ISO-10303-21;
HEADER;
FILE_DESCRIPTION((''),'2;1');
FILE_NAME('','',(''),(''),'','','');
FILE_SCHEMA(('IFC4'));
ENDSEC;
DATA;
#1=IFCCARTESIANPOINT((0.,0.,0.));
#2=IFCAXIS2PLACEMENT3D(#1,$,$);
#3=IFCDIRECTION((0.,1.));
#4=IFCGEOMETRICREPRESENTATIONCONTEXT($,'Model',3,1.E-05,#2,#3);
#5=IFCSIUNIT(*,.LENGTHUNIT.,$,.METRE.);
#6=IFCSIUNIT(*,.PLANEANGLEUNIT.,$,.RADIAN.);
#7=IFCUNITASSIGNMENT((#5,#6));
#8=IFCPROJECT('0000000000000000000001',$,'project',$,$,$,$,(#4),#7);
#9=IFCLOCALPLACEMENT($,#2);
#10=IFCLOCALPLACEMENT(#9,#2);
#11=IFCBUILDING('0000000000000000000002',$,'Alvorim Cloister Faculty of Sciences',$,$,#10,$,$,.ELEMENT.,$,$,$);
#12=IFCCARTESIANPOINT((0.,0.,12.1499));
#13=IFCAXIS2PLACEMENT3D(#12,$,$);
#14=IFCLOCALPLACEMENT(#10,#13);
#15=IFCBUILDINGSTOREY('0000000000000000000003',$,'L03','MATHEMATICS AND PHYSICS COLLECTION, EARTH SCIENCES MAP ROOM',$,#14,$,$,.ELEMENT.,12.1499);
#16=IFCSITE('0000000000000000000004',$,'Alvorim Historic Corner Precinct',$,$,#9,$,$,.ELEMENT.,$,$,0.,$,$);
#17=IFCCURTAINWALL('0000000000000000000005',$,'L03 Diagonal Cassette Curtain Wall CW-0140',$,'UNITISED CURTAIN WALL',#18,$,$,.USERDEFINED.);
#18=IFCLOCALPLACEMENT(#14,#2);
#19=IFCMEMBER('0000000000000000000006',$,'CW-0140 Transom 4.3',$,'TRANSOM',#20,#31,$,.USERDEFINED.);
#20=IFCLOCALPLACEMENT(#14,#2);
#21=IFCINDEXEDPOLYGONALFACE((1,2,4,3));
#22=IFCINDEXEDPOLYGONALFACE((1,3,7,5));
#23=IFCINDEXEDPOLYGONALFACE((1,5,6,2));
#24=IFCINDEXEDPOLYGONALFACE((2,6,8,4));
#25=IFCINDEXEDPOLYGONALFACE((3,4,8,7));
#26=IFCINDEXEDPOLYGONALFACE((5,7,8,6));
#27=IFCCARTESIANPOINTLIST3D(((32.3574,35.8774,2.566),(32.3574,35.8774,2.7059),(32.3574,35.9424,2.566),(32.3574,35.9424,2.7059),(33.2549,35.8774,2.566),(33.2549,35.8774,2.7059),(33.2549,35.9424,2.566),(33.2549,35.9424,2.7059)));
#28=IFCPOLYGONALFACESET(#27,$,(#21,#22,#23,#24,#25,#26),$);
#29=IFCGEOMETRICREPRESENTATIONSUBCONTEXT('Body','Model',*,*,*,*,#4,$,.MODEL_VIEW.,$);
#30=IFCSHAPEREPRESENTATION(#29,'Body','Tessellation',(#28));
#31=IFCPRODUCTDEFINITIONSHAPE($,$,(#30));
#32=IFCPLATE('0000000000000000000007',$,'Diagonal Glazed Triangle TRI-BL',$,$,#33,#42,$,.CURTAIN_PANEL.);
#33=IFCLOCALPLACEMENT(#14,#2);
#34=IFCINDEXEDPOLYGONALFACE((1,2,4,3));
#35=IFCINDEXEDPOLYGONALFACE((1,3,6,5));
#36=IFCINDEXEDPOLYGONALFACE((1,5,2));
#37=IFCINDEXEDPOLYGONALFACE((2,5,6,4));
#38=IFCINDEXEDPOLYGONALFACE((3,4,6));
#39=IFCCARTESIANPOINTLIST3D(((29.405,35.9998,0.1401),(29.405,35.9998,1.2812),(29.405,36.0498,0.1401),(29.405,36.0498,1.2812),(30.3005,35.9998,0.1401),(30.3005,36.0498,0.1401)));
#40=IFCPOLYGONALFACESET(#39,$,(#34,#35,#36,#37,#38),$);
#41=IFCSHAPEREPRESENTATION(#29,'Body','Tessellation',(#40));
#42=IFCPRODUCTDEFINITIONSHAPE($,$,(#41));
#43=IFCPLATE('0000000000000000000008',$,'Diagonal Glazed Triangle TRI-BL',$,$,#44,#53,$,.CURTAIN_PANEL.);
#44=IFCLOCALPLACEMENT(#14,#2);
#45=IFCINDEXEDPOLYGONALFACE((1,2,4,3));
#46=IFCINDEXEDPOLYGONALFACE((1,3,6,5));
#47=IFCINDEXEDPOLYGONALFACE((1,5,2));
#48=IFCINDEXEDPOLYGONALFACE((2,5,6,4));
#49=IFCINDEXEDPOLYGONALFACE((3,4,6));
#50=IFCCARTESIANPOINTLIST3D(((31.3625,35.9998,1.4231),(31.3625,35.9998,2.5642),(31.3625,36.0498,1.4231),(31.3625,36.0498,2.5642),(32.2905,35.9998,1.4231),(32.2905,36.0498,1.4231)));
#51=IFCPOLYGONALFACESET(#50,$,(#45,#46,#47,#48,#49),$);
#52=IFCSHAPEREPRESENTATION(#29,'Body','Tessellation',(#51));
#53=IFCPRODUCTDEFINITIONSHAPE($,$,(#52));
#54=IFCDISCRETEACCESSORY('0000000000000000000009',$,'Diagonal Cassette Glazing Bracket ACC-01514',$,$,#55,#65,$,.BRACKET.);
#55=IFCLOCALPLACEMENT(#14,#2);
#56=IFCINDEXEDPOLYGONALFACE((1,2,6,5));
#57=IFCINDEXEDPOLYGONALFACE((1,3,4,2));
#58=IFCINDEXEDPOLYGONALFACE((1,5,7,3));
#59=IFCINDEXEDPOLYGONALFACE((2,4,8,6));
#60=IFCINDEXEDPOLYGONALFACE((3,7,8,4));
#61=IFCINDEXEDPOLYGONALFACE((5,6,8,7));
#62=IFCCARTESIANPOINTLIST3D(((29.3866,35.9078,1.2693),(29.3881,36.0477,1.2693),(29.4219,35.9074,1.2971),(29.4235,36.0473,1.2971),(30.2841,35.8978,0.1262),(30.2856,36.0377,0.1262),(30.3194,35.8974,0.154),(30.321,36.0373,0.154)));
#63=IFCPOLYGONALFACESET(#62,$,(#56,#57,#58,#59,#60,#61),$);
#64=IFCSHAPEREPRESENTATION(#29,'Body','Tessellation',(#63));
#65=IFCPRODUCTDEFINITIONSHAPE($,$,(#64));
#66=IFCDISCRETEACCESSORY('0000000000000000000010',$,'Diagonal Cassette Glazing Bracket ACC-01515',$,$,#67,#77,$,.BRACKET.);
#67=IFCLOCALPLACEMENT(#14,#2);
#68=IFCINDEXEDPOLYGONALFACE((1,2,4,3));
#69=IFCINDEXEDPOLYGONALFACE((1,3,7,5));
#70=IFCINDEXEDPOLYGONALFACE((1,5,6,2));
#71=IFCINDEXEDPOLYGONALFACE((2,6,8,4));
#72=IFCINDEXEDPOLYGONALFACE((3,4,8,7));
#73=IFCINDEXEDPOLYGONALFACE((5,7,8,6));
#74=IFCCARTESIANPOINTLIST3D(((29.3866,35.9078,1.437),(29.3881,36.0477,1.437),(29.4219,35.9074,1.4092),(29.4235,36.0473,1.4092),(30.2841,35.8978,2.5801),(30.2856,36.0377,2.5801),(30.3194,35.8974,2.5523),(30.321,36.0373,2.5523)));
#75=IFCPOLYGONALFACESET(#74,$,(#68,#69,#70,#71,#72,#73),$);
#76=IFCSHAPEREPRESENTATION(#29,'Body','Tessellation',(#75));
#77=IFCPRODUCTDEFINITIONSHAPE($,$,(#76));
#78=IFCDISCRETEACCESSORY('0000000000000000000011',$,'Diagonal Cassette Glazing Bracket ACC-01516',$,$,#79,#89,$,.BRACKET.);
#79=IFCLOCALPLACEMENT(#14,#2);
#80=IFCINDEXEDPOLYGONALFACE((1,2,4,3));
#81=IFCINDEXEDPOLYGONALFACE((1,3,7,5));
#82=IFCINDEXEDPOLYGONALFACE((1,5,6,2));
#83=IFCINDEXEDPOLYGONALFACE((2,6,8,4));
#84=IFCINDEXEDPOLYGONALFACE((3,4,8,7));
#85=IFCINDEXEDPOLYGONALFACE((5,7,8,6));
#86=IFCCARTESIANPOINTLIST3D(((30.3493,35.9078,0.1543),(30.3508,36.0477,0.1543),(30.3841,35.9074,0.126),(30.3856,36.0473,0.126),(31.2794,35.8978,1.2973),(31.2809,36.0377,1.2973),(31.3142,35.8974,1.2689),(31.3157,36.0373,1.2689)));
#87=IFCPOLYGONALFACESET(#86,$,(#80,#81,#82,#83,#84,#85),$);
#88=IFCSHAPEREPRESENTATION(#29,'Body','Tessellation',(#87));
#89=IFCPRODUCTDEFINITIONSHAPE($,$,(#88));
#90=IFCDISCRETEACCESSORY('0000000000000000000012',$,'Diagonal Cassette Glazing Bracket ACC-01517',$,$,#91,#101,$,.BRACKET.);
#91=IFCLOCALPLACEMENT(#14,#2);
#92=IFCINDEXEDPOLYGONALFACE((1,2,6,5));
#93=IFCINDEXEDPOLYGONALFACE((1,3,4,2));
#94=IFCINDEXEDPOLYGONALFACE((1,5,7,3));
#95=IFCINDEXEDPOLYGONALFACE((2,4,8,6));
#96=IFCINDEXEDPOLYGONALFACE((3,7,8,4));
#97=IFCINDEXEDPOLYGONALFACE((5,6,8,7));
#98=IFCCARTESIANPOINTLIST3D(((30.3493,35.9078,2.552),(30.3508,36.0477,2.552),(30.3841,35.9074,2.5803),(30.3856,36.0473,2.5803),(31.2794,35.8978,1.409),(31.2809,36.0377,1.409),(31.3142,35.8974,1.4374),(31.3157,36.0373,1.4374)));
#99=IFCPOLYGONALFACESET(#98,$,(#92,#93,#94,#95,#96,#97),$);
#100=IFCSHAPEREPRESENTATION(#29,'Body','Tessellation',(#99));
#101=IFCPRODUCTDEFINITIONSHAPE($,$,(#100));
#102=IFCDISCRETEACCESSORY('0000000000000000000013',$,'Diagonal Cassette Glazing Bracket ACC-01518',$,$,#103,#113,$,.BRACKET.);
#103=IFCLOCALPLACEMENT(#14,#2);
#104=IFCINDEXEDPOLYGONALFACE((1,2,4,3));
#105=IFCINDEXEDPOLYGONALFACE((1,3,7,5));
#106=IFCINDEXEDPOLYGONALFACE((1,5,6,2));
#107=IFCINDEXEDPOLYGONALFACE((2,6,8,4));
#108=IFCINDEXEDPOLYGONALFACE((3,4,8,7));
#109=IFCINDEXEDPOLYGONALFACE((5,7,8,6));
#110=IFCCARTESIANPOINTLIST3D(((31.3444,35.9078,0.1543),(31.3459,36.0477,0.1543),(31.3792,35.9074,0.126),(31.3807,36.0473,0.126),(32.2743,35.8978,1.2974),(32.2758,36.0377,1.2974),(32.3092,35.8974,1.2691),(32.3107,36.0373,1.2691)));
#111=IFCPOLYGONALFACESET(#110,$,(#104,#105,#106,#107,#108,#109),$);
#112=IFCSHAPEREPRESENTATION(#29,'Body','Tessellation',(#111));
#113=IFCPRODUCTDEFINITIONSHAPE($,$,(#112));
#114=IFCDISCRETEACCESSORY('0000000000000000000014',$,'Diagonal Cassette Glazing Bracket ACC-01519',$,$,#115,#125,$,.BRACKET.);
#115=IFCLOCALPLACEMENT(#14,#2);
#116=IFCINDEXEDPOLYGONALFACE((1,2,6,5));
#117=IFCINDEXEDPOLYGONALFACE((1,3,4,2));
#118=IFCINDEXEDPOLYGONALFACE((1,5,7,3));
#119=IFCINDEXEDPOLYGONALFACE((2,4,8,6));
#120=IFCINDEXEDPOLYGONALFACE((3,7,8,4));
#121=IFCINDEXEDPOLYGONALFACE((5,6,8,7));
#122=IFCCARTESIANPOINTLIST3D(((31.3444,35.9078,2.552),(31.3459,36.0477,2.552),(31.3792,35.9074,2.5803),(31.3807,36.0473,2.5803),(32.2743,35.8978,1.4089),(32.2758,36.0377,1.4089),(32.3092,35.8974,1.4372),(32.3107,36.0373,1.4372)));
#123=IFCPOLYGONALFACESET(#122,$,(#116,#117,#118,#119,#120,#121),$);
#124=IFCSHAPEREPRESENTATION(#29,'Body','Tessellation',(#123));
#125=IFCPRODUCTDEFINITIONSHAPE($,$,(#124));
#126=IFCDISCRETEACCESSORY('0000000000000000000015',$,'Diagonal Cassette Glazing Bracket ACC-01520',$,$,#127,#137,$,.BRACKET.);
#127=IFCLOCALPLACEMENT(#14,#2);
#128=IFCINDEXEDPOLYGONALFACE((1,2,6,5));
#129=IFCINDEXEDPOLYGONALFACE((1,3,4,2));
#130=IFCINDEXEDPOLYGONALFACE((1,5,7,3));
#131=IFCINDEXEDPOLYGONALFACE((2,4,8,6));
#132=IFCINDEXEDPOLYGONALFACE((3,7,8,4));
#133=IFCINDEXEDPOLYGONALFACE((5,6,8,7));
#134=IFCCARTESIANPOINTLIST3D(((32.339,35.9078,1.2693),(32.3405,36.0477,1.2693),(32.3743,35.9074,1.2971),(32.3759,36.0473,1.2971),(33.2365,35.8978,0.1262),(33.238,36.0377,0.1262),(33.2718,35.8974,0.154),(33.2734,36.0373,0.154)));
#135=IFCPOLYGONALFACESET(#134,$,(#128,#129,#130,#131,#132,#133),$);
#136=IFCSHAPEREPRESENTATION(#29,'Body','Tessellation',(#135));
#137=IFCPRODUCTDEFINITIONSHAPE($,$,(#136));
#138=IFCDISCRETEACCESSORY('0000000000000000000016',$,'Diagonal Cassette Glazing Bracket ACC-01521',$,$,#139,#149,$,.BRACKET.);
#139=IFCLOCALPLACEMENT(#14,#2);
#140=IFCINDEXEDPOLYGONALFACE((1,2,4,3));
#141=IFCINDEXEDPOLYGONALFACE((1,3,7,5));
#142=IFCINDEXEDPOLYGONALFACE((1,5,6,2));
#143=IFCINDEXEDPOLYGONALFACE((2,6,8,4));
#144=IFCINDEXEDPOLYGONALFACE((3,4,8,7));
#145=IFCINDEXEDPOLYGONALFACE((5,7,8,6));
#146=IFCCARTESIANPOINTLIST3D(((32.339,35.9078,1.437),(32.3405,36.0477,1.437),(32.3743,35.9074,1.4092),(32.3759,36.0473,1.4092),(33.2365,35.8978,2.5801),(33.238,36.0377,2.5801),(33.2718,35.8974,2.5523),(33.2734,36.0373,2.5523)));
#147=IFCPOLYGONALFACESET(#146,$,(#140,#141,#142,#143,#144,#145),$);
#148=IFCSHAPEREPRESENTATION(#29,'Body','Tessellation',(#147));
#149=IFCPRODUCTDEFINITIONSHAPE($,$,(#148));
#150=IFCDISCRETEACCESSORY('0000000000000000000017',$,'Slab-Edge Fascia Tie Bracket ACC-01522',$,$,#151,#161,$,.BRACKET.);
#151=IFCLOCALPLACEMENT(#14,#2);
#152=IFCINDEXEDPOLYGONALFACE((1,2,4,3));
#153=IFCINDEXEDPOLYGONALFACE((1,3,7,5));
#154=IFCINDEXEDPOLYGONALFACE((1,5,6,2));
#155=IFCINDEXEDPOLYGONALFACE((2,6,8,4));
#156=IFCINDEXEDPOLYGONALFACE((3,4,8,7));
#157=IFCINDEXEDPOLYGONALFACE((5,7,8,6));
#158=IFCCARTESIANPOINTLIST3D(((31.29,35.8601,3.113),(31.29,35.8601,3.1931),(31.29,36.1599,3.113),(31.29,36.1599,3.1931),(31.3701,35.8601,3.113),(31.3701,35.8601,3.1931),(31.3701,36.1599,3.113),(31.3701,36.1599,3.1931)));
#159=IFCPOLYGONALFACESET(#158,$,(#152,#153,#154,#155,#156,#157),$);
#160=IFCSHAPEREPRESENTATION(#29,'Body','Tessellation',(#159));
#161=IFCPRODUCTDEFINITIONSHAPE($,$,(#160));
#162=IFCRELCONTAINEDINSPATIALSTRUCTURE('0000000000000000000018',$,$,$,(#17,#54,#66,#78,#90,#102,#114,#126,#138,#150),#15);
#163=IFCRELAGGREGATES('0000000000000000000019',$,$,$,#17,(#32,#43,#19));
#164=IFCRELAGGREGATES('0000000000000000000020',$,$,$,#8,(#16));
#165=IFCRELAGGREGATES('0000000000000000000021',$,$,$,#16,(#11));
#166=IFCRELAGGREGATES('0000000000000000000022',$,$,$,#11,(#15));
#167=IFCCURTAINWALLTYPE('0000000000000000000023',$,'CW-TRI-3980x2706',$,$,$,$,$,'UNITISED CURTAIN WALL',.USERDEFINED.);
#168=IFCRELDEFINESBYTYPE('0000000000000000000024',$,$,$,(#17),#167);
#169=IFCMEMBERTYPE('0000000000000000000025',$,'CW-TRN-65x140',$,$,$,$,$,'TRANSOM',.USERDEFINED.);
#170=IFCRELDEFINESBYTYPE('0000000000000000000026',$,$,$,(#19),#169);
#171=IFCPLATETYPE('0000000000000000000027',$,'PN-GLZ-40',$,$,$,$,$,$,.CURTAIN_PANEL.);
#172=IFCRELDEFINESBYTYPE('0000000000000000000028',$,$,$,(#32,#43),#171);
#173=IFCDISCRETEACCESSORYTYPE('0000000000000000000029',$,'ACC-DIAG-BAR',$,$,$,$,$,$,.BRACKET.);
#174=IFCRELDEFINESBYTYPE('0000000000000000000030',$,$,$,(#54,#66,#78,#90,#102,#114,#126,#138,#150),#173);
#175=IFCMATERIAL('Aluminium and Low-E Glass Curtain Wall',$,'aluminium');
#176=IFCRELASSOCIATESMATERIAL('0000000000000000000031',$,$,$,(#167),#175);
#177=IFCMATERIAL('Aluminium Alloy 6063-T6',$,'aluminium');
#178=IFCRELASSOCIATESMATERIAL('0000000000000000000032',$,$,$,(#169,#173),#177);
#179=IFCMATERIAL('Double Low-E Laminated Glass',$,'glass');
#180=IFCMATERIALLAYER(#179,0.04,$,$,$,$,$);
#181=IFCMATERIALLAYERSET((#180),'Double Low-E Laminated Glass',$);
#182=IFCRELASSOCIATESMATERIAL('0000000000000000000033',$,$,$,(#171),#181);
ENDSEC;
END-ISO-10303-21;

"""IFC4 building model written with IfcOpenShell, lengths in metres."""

from ifc_helpers import new_model, si_unit, direction, frame, origin, origin_2d, place, context, subcontext, project, spatial, polyline, rectangle, outline, extrude, material, layer, layer_set, material_profile, profile_set, type_object, element, aggregate, save


model = new_model("IFC4")

# Units and contexts
model_context = context("Model", 3, precision=1e-05, world=origin(), true_north=direction((0.0, 1.0)))
body_context = subcontext(model_context, "Body", "Model", "MODEL_VIEW")
ifc_project = project(units=[si_unit("LENGTHUNIT", "METRE"), si_unit("PLANEANGLEUNIT", "RADIAN")], contexts=[model_context])

# Site, building, storey
site_placement = place(None, origin())
site = spatial("IfcSite", under=ifc_project, at=site_placement, Name="Alvorim Historic Corner Precinct", CompositionType="ELEMENT", RefElevation=0.0)
building_placement = place(site_placement, origin())
building = spatial("IfcBuilding", under=site, at=building_placement, Name="Alvorim Cloister Faculty of Sciences", CompositionType="ELEMENT")
storey_placement = place(building_placement, frame((0.0, 0.0, 12.1499)))
storey = spatial("IfcBuildingStorey", under=building, at=storey_placement, Name="L03", Description="MATHEMATICS AND PHYSICS COLLECTION, EARTH SCIENCES MAP ROOM", CompositionType="ELEMENT", Elevation=12.1499)

# Curtain wall, member, plates
ifc_material_1 = material(Name="Aluminium and Low-E Glass Curtain Wall", Category="aluminium")
curtain_wall_type = type_object("IfcCurtainWallType", Name="CW-TRI-3980x2706", ElementType="UNITISED CURTAIN WALL", PredefinedType="USERDEFINED", material=ifc_material_1)
curtain_wall_placement = place(storey_placement, origin())
curtain_wall = element("IfcCurtainWall", 1, at=curtain_wall_placement, inside=storey, type_object=curtain_wall_type, Name="L03 Diagonal Cassette Curtain Wall CW-0140", ObjectType="UNITISED CURTAIN WALL", PredefinedType="USERDEFINED")
ifc_material_2 = material(Name="Aluminium Alloy 6063-T6", Category="aluminium")
ifc_material_profile_1 = material_profile(ifc_material_2, rectangle(XDim=0.0649, YDim=0.1399, at=origin_2d()), Name="ALU-TRN-65x140")
ifc_profile_set_1 = profile_set([ifc_material_profile_1], Name="Aluminium Alloy 6063-T6")
member_type_1 = type_object("IfcMemberType", Name="CW-TRN-65x140", ElementType="TRANSOM", PredefinedType="USERDEFINED", material=ifc_profile_set_1)
member_1_placement = place(storey_placement, frame((32.3574, 35.9099, 2.636), z_axis=(1.0, 0.0, 0.0), x_axis=(0.0, 1.0, 0.0)))
member_1 = element("IfcMember", 2, at=member_1_placement, type_object=member_type_1, Name="CW-0140 Transom 4.3", ObjectType="TRANSOM", PredefinedType="USERDEFINED", context=body_context, shape_type="SweptSolid", body=[
    extrude(rectangle(XDim=0.0649, YDim=0.1399, at=origin_2d()), origin(), (0.0, 0.0, 1.0), 0.8975),
])
ifc_material_3 = material(Name="Double Low-E Laminated Glass", Category="glass")
ifc_layer = layer(ifc_material_3, 0.04)
ifc_layer_set = layer_set([ifc_layer], Name="Double Low-E Laminated Glass")
plate_type = type_object("IfcPlateType", Name="PN-GLZ-40", PredefinedType="CURTAIN_PANEL", material=ifc_layer_set)
plate_1_placement = place(storey_placement, frame((29.405, 36.0249, 0.1401), z_axis=(0.0, 0.0, 1.0), x_axis=(1.0, 0.0, 0.0)))
plate_1 = element("IfcPlate", 3, at=plate_1_placement, type_object=plate_type, Name="Diagonal Glazed Triangle TRI-BL", PredefinedType="CURTAIN_PANEL", context=body_context, shape_type="SweptSolid", body=[
    extrude(outline(polyline([(0.0, 0.0), (0.8955, 0.0), (0.0, 1.1411), (0.0, 0.0)])), frame((0.0, 0.0249, 0.0), z_axis=(0.0, -1.0, 0.0), x_axis=(1.0, 0.0, 0.0)), (0.0, 0.0, 1.0), 0.05),
])
plate_2_placement = place(storey_placement, frame((31.3625, 36.0249, 1.4231), z_axis=(0.0, 0.0, 1.0), x_axis=(1.0, 0.0, 0.0)))
plate_2 = element("IfcPlate", 4, at=plate_2_placement, type_object=plate_type, Name="Diagonal Glazed Triangle TRI-BL", PredefinedType="CURTAIN_PANEL", context=body_context, shape_type="SweptSolid", body=[
    extrude(outline(polyline([(0.0, 0.0), (0.928, 0.0), (0.0, 1.1411), (0.0, 0.0)])), frame((0.0, 0.0249, 0.0), z_axis=(0.0, -1.0, 0.0), x_axis=(1.0, 0.0, 0.0)), (0.0, 0.0, 1.0), 0.05),
])
aggregate(curtain_wall, [plate_1, plate_2, member_1])

# Discrete accessories
discrete_accessory_type = type_object("IfcDiscreteAccessoryType", Name="ACC-DIAG-BAR", PredefinedType="BRACKET", material=ifc_material_2)
for number, where, z_axis, x_axis, name in (
    (5, (29.405, 35.9775, 1.2832), (0.617525, -0.006888, -0.786521), (0.011153, 0.999938, 0.0), "Diagonal Cassette Glazing Bracket ACC-01514"),
    (6, (29.405, 35.9775, 1.4231), (0.617525, -0.006888, 0.786521), (0.011153, 0.999938, 0.0), "Diagonal Cassette Glazing Bracket ACC-01515"),
):
    element("IfcDiscreteAccessory", number, at=place(storey_placement, frame(where, z_axis=z_axis, x_axis=x_axis)), inside=storey, type_object=discrete_accessory_type, Name=name, PredefinedType="BRACKET", context=body_context, shape_type="SweptSolid", body=[
        extrude(rectangle(XDim=0.1399, YDim=0.0449, at=origin_2d()), origin(), (0.0, 0.0, 1.0), 1.4534),
    ])
for number, where, z_axis, x_axis, name in (
    (7, (30.3674, 35.9775, 0.1401), (0.631164, -0.006792, 0.77562), (0.010761, 0.999942, 0.0), "Diagonal Cassette Glazing Bracket ACC-01516"),
    (8, (30.3674, 35.9775, 2.5662), (0.631164, -0.006792, -0.77562), (0.010761, 0.999942, 0.0), "Diagonal Cassette Glazing Bracket ACC-01517"),
    (9, (31.3625, 35.9775, 0.1401), (0.631064, -0.006793, 0.775701), (0.010763, 0.999942, 0.0), "Diagonal Cassette Glazing Bracket ACC-01518"),
    (10, (31.3625, 35.9775, 2.5662), (0.631064, -0.006793, -0.775701), (0.010763, 0.999942, 0.0), "Diagonal Cassette Glazing Bracket ACC-01519"),
):
    element("IfcDiscreteAccessory", number, at=place(storey_placement, frame(where, z_axis=z_axis, x_axis=x_axis)), inside=storey, type_object=discrete_accessory_type, Name=name, PredefinedType="BRACKET", context=body_context, shape_type="SweptSolid", body=[
        extrude(rectangle(XDim=0.1399, YDim=0.0449, at=origin_2d()), origin(), (0.0, 0.0, 1.0), 1.4736),
    ])
for number, where, z_axis, x_axis, name in (
    (11, (32.3574, 35.9775, 1.2832), (0.617525, -0.006888, -0.786521), (0.011153, 0.999938, 0.0), "Diagonal Cassette Glazing Bracket ACC-01520"),
    (12, (32.3574, 35.9775, 1.4231), (0.617525, -0.006888, 0.786521), (0.011153, 0.999938, 0.0), "Diagonal Cassette Glazing Bracket ACC-01521"),
):
    element("IfcDiscreteAccessory", number, at=place(storey_placement, frame(where, z_axis=z_axis, x_axis=x_axis)), inside=storey, type_object=discrete_accessory_type, Name=name, PredefinedType="BRACKET", context=body_context, shape_type="SweptSolid", body=[
        extrude(rectangle(XDim=0.1399, YDim=0.0449, at=origin_2d()), origin(), (0.0, 0.0, 1.0), 1.4534),
    ])
discrete_accessory_placement = place(storey_placement, frame((31.3301, 35.8601, 3.1531), z_axis=(0.0, 1.0, 0.0), x_axis=(-1.0, 0.0, 0.0)))
element("IfcDiscreteAccessory", 13, at=discrete_accessory_placement, inside=storey, type_object=discrete_accessory_type, Name="Slab-Edge Fascia Tie Bracket ACC-01522", PredefinedType="BRACKET", context=body_context, shape_type="SweptSolid", body=[
    extrude(rectangle(XDim=0.0801, YDim=0.0801, at=origin_2d()), origin(), (0.0, 0.0, 1.0), 0.2998),
])

save(model, "model.ifc")
